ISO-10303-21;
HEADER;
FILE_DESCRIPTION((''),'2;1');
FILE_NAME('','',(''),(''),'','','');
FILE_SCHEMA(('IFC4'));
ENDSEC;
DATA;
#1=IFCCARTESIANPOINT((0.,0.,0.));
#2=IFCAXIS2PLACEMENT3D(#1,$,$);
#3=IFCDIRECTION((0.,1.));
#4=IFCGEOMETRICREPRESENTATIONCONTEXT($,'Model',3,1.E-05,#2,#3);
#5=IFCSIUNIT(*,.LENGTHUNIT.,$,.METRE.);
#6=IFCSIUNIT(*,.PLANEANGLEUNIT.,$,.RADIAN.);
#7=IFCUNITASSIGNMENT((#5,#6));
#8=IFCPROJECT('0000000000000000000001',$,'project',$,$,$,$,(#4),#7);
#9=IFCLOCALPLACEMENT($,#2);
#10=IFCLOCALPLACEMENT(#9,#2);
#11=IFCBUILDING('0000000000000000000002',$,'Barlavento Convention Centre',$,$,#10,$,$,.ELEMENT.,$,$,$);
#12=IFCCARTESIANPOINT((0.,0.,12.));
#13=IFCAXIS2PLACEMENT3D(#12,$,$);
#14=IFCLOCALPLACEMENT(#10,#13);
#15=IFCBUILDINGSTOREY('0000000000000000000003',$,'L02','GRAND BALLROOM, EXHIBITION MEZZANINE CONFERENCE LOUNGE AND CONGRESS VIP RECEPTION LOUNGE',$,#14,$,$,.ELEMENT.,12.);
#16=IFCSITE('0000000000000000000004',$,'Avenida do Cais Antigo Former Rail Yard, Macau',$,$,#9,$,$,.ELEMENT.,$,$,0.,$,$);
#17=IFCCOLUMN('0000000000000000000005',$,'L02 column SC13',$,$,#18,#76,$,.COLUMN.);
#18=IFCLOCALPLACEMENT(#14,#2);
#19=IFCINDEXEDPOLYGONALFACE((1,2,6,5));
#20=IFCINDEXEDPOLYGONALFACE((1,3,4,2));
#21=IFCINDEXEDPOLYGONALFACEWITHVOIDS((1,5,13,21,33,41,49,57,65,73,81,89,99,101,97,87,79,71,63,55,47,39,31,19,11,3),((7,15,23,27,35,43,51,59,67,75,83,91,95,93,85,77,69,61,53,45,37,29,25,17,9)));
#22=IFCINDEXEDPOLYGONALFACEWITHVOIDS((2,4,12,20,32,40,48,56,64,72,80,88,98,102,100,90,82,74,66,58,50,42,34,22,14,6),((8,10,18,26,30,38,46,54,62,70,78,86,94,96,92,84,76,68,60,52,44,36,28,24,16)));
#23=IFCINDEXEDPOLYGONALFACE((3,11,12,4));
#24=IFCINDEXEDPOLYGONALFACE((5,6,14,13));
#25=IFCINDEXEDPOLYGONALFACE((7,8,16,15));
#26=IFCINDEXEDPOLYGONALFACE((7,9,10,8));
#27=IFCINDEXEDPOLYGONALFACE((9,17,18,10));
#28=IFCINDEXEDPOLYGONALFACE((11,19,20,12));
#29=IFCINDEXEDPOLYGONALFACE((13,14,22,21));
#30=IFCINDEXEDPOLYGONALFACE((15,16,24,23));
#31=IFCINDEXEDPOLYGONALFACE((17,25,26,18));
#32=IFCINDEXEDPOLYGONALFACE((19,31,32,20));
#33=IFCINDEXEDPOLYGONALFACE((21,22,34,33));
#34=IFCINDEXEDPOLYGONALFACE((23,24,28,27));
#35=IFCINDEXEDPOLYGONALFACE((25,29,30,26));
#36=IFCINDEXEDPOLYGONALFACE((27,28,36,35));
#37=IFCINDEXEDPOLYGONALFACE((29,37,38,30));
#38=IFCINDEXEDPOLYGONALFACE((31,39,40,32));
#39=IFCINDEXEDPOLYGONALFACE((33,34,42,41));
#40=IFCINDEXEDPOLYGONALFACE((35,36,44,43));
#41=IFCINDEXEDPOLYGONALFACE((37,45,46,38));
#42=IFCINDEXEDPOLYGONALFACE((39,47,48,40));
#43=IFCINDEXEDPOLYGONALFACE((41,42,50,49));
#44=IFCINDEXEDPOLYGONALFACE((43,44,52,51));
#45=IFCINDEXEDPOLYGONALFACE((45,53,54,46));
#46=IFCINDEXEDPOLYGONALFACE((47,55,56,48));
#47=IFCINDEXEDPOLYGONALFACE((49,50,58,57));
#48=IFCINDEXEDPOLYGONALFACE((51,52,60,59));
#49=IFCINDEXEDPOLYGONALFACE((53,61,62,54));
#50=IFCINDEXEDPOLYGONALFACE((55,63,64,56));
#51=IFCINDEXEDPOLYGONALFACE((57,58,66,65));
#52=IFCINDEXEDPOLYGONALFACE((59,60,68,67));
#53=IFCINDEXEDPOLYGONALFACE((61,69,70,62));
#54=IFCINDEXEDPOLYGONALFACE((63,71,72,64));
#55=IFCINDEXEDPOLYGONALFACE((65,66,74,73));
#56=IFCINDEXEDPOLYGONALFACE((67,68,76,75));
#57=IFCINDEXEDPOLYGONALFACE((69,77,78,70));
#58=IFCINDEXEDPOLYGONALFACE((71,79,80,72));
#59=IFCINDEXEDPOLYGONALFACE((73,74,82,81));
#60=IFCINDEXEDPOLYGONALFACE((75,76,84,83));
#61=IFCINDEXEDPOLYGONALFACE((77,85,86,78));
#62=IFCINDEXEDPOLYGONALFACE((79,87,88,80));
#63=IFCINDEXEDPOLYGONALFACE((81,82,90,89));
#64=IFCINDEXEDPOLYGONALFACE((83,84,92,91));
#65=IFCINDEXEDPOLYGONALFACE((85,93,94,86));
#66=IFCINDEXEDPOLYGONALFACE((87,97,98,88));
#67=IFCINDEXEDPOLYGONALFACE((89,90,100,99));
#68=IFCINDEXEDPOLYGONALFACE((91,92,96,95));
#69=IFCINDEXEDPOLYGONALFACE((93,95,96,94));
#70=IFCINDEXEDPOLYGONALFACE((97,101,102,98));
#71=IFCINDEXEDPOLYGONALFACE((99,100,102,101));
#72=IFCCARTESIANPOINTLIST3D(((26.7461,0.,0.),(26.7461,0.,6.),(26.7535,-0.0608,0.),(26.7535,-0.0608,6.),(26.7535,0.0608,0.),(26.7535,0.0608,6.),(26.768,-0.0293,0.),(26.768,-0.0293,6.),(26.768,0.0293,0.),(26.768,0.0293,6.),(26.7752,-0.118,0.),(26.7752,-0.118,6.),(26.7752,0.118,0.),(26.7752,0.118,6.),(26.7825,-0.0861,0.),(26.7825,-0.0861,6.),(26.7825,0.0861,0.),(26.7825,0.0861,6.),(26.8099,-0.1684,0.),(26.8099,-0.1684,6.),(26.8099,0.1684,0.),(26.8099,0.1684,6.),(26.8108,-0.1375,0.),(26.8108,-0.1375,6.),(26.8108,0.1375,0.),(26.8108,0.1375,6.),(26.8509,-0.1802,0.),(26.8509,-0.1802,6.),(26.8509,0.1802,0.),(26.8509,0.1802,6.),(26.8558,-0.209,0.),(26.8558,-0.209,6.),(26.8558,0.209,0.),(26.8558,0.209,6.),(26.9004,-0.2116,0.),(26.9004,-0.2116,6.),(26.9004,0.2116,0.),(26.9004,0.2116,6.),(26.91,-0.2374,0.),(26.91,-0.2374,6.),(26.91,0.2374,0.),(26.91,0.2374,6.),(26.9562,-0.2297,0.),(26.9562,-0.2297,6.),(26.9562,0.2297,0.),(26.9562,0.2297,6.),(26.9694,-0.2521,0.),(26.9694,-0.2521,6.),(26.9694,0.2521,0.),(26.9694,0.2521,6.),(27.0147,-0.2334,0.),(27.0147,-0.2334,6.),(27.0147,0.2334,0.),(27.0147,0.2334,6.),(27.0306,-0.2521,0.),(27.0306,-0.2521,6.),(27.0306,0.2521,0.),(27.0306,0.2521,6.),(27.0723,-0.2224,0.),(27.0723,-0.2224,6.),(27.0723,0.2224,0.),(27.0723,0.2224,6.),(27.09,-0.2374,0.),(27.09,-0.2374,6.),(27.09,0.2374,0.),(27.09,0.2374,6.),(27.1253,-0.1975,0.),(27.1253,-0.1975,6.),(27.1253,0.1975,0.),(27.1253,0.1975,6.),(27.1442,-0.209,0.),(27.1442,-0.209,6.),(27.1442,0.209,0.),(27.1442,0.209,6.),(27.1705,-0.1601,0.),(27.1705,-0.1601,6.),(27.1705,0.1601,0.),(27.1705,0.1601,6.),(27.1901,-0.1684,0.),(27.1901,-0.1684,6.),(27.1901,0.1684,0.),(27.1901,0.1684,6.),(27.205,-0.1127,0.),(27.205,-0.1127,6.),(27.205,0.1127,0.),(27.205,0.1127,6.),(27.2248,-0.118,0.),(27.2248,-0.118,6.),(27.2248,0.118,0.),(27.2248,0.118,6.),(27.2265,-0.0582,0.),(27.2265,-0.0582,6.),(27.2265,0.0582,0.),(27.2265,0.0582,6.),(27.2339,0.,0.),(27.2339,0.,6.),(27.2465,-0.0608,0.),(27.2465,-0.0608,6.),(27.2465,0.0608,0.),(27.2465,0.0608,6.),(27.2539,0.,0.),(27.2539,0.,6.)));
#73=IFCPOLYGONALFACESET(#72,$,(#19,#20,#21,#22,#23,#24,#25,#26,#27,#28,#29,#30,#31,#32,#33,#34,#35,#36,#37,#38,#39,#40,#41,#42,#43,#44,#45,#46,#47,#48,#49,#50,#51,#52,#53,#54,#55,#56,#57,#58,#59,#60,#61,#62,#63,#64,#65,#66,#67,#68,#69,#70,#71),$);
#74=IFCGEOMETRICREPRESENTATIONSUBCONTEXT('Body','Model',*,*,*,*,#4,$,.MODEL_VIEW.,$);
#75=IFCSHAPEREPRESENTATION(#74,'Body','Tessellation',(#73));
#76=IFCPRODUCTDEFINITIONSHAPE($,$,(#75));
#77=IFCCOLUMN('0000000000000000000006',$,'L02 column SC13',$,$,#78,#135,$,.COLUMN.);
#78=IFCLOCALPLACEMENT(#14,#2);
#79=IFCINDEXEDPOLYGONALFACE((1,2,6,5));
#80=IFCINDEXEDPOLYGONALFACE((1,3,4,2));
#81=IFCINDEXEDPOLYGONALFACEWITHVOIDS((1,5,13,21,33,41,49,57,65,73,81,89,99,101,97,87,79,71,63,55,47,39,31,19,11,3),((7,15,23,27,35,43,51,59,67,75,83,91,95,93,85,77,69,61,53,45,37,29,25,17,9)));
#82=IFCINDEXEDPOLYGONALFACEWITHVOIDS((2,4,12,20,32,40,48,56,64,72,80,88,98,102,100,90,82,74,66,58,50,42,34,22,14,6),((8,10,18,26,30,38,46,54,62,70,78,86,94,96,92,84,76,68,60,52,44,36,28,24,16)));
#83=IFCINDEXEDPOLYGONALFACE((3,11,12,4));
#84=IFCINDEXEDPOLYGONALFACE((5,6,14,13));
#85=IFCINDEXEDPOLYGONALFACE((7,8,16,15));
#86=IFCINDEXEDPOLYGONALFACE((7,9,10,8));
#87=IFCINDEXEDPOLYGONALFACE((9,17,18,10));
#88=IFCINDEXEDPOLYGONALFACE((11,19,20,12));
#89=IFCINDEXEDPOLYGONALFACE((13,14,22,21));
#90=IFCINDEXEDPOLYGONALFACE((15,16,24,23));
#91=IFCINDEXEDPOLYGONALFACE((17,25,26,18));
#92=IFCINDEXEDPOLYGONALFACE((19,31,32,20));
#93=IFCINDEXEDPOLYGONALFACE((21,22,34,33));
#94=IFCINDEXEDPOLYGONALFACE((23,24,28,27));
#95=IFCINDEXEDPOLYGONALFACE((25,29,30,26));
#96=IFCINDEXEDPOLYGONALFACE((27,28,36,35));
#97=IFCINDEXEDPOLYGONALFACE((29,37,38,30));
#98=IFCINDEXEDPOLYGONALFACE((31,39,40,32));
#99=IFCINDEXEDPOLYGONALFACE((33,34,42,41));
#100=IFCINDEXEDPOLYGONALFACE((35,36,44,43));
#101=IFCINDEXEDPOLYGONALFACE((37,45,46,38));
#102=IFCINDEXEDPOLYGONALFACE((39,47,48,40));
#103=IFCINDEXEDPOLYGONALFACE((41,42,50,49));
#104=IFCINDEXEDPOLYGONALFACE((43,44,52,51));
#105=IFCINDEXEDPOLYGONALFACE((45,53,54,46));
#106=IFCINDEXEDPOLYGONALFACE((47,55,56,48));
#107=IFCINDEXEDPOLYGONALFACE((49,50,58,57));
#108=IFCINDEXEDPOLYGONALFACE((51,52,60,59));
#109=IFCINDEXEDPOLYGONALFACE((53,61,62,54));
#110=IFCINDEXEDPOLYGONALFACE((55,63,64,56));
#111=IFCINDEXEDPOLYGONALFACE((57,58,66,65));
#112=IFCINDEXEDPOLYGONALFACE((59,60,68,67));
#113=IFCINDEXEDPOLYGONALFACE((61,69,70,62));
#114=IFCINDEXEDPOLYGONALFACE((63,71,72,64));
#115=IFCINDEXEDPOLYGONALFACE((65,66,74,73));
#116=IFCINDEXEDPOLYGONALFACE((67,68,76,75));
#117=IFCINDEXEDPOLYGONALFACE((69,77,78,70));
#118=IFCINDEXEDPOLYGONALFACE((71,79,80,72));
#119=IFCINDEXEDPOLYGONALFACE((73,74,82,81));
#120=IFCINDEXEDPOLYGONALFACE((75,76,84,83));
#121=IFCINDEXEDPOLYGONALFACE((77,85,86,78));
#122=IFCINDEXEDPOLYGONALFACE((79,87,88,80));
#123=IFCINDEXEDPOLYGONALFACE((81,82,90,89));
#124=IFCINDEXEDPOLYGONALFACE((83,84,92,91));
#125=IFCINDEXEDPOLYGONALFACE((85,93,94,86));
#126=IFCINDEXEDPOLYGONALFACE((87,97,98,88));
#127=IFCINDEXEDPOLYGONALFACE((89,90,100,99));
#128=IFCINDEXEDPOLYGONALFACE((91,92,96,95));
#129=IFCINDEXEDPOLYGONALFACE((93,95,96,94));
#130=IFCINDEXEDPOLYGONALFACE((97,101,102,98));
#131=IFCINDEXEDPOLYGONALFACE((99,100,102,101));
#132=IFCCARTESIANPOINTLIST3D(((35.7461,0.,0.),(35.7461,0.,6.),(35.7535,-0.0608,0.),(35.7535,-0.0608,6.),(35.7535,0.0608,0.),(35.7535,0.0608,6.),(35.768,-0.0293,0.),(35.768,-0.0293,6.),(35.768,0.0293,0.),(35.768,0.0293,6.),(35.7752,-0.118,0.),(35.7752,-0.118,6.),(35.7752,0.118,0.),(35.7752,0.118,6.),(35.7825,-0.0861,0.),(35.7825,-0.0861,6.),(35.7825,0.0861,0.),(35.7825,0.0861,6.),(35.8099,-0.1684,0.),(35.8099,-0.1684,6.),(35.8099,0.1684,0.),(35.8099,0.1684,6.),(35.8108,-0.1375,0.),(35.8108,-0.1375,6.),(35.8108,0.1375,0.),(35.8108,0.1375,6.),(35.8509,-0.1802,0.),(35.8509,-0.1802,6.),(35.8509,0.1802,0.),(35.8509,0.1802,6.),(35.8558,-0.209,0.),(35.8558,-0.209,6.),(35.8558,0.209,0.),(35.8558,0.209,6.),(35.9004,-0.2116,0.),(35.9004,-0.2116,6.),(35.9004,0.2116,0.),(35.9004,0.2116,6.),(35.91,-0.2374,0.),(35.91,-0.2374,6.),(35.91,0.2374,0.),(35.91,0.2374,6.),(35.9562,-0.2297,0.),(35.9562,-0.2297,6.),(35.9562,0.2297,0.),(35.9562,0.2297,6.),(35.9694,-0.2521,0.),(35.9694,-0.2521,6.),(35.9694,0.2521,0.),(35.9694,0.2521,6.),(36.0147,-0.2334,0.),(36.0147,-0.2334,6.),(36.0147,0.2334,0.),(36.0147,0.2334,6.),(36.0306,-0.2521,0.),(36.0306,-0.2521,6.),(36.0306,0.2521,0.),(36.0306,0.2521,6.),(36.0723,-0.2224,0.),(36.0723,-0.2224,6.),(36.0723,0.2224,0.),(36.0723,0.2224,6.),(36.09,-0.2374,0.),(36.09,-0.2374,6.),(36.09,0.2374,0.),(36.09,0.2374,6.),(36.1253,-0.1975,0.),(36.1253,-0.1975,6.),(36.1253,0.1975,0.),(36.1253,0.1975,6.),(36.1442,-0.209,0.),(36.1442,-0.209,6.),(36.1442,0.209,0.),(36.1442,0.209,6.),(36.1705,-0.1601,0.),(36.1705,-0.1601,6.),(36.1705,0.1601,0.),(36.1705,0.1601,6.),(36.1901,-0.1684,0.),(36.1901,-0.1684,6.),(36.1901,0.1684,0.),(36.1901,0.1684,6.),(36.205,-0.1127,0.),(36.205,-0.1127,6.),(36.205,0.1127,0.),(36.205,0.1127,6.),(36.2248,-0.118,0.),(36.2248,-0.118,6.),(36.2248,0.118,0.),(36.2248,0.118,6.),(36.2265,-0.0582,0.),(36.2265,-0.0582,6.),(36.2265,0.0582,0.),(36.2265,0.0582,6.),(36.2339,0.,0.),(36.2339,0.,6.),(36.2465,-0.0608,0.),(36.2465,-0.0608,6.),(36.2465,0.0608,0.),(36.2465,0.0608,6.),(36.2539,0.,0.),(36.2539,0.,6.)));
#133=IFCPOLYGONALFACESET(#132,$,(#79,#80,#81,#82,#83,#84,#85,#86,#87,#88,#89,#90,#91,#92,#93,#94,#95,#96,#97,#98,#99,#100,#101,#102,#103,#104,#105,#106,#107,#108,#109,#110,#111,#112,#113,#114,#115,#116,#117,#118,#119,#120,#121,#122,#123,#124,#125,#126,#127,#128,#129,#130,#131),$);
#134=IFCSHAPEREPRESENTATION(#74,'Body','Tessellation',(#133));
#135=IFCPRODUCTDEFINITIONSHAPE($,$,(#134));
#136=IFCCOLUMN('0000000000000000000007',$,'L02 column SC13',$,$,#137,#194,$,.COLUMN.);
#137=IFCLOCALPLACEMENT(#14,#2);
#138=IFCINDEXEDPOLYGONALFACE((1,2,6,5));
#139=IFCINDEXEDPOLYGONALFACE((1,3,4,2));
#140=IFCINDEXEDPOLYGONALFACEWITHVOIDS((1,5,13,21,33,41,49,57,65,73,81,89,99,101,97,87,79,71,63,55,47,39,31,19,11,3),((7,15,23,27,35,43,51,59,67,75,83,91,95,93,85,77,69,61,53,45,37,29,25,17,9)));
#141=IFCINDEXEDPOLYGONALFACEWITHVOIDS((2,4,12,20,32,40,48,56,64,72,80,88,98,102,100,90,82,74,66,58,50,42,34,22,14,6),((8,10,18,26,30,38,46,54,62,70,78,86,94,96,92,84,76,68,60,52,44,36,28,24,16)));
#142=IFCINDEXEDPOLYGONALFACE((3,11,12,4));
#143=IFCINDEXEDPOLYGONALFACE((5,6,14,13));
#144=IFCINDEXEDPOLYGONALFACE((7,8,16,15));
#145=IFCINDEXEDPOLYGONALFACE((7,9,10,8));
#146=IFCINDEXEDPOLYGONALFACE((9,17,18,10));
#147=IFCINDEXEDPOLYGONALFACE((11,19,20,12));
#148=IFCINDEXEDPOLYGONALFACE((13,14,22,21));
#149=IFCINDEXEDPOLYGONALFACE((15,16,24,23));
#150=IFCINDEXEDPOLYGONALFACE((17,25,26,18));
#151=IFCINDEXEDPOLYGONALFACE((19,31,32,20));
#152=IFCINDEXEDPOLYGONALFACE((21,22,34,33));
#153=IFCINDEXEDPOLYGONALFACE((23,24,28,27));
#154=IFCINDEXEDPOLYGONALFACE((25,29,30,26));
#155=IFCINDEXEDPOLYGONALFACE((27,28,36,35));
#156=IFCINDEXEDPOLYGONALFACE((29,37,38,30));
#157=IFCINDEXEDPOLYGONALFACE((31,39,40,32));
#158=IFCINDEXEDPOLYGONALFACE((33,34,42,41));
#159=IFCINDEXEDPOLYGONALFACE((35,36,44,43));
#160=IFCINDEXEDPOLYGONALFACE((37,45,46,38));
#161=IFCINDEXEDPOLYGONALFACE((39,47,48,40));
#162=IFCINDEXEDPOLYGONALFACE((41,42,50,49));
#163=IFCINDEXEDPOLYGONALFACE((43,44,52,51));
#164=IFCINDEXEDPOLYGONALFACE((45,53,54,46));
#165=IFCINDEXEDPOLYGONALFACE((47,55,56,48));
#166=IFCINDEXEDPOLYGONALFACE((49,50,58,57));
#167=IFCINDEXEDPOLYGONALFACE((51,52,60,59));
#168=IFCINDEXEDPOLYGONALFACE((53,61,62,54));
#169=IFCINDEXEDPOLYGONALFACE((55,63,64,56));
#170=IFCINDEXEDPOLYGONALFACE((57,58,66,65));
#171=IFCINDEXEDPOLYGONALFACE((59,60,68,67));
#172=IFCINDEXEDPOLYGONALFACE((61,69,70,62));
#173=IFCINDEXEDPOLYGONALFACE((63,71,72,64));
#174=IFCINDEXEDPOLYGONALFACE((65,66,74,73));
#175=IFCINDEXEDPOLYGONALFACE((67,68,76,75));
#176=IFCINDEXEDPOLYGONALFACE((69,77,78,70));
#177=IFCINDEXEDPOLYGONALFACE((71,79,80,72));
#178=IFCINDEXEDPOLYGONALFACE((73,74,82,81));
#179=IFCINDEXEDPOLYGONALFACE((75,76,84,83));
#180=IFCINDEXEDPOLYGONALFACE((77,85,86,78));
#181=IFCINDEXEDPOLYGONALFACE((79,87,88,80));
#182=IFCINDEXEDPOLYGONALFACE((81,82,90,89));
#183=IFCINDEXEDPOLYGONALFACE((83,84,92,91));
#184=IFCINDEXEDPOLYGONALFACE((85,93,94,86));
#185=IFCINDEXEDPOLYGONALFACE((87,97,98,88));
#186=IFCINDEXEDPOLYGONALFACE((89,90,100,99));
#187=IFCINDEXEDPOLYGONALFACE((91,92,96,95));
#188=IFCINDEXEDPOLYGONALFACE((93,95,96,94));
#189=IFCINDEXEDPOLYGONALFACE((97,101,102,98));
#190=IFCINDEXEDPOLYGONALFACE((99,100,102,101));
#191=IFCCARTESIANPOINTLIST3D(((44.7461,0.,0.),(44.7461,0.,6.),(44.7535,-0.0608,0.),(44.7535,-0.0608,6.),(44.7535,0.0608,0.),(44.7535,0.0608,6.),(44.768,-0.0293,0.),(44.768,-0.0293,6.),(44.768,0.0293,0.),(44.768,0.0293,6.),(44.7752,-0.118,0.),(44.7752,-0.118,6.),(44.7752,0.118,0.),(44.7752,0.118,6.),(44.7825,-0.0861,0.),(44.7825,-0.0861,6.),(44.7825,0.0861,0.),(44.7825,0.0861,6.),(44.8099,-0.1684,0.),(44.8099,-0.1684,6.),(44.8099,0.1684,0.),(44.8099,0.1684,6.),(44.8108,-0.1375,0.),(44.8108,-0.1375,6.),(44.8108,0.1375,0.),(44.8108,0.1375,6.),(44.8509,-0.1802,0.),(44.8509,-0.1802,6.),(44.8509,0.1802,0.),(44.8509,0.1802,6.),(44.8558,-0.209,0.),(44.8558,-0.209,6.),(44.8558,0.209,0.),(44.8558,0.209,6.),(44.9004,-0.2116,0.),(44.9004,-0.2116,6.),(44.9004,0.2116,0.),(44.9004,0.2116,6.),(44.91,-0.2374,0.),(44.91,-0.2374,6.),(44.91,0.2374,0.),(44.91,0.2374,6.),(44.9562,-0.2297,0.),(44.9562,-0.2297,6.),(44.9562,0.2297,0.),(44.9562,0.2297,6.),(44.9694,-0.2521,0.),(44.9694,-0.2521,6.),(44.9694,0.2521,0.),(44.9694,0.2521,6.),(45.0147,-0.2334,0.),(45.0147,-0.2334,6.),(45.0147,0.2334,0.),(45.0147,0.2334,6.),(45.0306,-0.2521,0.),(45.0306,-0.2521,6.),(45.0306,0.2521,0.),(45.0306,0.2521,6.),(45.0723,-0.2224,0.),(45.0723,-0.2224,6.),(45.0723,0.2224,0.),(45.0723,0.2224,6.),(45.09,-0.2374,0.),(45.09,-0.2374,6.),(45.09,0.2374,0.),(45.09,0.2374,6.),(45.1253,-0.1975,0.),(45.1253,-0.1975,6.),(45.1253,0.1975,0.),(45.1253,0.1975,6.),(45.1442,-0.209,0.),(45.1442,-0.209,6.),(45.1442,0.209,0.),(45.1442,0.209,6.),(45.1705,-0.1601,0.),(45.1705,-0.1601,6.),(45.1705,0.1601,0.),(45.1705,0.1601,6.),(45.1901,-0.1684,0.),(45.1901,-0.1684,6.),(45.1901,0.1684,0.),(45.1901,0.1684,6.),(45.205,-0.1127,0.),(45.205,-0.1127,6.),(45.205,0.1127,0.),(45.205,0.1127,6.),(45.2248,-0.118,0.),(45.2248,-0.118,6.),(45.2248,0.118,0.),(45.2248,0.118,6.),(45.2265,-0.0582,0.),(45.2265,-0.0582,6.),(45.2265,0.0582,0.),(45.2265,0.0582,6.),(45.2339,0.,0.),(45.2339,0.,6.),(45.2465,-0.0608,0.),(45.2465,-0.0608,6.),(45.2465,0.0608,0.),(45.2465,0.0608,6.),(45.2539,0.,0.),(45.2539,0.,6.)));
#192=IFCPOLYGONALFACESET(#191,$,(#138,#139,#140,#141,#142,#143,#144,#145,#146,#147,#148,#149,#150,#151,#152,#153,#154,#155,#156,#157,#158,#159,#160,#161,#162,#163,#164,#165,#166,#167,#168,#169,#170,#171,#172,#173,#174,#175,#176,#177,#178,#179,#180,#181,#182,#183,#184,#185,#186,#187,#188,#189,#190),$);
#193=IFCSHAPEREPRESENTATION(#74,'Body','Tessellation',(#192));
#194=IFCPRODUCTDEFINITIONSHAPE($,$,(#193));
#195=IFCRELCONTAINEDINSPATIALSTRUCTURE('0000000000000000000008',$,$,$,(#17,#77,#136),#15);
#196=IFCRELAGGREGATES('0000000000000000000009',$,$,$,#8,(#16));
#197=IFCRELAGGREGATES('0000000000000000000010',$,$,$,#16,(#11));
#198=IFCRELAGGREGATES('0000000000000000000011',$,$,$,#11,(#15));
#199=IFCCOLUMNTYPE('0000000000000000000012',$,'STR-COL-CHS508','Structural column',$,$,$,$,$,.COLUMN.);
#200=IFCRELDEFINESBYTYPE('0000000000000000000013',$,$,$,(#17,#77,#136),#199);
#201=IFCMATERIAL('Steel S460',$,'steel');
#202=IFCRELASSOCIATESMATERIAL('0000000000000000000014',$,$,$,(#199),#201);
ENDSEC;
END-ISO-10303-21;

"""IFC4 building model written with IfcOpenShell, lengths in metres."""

from ifc_helpers import new_model, si_unit, direction, frame, origin, origin_2d, place, context, subcontext, project, spatial, hollow_circle, extrude, material, material_profile, profile_set, type_object, element, save


model = new_model("IFC4")

# Units and contexts
model_context = context("Model", 3, precision=1e-05, world=origin(), true_north=direction((0.0, 1.0)))
body_context = subcontext(model_context, "Body", "Model", "MODEL_VIEW")
ifc_project = project(units=[si_unit("LENGTHUNIT", "METRE"), si_unit("PLANEANGLEUNIT", "RADIAN")], contexts=[model_context])

# Site, building, storey
site_placement = place(None, origin())
site = spatial("IfcSite", under=ifc_project, at=site_placement, Name="Avenida do Cais Antigo Former Rail Yard, Macau", CompositionType="ELEMENT", RefElevation=0.0)
building_placement = place(site_placement, origin())
building = spatial("IfcBuilding", under=site, at=building_placement, Name="Barlavento Convention Centre", CompositionType="ELEMENT")
storey_placement = place(building_placement, frame((0.0, 0.0, 12.0)))
storey = spatial("IfcBuildingStorey", under=building, at=storey_placement, Name="L02", Description="GRAND BALLROOM, EXHIBITION MEZZANINE CONFERENCE LOUNGE AND CONGRESS VIP RECEPTION LOUNGE", CompositionType="ELEMENT", Elevation=12.0)

# Columns
ifc_material_1 = material(Name="Steel S460", Category="steel")
ifc_material_profile_1 = material_profile(ifc_material_1, hollow_circle(Radius=0.2539, WallThickness=0.02, at=origin_2d()), Name="CHS 508.0x20.0")
ifc_profile_set_1 = profile_set([ifc_material_profile_1], Name="Steel S460")
column_type = type_object("IfcColumnType", Name="STR-COL-CHS508", Description="Structural column", PredefinedType="COLUMN", material=ifc_profile_set_1)
for number, where, z_axis, x_axis, name in (
    (1, (27.0, 0.0, 0.0), (0.0, 0.0, 1.0), (1.0, 0.0, 0.0), "L02 column SC13"),
    (2, (36.0, 0.0, 0.0), (0.0, 0.0, 1.0), (1.0, 0.0, 0.0), "L02 column SC13"),
    (3, (45.0, 0.0, 0.0), (0.0, 0.0, 1.0), (1.0, 0.0, 0.0), "L02 column SC13"),
):
    element("IfcColumn", number, at=place(storey_placement, frame(where, z_axis=z_axis, x_axis=x_axis)), inside=storey, type_object=column_type, Name=name, PredefinedType="COLUMN", context=body_context, shape_type="SweptSolid", body=[
        extrude(hollow_circle(Radius=0.2539, WallThickness=0.02, at=origin_2d()), origin(), (0.0, 0.0, 1.0), 6.0),
    ])

save(model, "model.ifc")
